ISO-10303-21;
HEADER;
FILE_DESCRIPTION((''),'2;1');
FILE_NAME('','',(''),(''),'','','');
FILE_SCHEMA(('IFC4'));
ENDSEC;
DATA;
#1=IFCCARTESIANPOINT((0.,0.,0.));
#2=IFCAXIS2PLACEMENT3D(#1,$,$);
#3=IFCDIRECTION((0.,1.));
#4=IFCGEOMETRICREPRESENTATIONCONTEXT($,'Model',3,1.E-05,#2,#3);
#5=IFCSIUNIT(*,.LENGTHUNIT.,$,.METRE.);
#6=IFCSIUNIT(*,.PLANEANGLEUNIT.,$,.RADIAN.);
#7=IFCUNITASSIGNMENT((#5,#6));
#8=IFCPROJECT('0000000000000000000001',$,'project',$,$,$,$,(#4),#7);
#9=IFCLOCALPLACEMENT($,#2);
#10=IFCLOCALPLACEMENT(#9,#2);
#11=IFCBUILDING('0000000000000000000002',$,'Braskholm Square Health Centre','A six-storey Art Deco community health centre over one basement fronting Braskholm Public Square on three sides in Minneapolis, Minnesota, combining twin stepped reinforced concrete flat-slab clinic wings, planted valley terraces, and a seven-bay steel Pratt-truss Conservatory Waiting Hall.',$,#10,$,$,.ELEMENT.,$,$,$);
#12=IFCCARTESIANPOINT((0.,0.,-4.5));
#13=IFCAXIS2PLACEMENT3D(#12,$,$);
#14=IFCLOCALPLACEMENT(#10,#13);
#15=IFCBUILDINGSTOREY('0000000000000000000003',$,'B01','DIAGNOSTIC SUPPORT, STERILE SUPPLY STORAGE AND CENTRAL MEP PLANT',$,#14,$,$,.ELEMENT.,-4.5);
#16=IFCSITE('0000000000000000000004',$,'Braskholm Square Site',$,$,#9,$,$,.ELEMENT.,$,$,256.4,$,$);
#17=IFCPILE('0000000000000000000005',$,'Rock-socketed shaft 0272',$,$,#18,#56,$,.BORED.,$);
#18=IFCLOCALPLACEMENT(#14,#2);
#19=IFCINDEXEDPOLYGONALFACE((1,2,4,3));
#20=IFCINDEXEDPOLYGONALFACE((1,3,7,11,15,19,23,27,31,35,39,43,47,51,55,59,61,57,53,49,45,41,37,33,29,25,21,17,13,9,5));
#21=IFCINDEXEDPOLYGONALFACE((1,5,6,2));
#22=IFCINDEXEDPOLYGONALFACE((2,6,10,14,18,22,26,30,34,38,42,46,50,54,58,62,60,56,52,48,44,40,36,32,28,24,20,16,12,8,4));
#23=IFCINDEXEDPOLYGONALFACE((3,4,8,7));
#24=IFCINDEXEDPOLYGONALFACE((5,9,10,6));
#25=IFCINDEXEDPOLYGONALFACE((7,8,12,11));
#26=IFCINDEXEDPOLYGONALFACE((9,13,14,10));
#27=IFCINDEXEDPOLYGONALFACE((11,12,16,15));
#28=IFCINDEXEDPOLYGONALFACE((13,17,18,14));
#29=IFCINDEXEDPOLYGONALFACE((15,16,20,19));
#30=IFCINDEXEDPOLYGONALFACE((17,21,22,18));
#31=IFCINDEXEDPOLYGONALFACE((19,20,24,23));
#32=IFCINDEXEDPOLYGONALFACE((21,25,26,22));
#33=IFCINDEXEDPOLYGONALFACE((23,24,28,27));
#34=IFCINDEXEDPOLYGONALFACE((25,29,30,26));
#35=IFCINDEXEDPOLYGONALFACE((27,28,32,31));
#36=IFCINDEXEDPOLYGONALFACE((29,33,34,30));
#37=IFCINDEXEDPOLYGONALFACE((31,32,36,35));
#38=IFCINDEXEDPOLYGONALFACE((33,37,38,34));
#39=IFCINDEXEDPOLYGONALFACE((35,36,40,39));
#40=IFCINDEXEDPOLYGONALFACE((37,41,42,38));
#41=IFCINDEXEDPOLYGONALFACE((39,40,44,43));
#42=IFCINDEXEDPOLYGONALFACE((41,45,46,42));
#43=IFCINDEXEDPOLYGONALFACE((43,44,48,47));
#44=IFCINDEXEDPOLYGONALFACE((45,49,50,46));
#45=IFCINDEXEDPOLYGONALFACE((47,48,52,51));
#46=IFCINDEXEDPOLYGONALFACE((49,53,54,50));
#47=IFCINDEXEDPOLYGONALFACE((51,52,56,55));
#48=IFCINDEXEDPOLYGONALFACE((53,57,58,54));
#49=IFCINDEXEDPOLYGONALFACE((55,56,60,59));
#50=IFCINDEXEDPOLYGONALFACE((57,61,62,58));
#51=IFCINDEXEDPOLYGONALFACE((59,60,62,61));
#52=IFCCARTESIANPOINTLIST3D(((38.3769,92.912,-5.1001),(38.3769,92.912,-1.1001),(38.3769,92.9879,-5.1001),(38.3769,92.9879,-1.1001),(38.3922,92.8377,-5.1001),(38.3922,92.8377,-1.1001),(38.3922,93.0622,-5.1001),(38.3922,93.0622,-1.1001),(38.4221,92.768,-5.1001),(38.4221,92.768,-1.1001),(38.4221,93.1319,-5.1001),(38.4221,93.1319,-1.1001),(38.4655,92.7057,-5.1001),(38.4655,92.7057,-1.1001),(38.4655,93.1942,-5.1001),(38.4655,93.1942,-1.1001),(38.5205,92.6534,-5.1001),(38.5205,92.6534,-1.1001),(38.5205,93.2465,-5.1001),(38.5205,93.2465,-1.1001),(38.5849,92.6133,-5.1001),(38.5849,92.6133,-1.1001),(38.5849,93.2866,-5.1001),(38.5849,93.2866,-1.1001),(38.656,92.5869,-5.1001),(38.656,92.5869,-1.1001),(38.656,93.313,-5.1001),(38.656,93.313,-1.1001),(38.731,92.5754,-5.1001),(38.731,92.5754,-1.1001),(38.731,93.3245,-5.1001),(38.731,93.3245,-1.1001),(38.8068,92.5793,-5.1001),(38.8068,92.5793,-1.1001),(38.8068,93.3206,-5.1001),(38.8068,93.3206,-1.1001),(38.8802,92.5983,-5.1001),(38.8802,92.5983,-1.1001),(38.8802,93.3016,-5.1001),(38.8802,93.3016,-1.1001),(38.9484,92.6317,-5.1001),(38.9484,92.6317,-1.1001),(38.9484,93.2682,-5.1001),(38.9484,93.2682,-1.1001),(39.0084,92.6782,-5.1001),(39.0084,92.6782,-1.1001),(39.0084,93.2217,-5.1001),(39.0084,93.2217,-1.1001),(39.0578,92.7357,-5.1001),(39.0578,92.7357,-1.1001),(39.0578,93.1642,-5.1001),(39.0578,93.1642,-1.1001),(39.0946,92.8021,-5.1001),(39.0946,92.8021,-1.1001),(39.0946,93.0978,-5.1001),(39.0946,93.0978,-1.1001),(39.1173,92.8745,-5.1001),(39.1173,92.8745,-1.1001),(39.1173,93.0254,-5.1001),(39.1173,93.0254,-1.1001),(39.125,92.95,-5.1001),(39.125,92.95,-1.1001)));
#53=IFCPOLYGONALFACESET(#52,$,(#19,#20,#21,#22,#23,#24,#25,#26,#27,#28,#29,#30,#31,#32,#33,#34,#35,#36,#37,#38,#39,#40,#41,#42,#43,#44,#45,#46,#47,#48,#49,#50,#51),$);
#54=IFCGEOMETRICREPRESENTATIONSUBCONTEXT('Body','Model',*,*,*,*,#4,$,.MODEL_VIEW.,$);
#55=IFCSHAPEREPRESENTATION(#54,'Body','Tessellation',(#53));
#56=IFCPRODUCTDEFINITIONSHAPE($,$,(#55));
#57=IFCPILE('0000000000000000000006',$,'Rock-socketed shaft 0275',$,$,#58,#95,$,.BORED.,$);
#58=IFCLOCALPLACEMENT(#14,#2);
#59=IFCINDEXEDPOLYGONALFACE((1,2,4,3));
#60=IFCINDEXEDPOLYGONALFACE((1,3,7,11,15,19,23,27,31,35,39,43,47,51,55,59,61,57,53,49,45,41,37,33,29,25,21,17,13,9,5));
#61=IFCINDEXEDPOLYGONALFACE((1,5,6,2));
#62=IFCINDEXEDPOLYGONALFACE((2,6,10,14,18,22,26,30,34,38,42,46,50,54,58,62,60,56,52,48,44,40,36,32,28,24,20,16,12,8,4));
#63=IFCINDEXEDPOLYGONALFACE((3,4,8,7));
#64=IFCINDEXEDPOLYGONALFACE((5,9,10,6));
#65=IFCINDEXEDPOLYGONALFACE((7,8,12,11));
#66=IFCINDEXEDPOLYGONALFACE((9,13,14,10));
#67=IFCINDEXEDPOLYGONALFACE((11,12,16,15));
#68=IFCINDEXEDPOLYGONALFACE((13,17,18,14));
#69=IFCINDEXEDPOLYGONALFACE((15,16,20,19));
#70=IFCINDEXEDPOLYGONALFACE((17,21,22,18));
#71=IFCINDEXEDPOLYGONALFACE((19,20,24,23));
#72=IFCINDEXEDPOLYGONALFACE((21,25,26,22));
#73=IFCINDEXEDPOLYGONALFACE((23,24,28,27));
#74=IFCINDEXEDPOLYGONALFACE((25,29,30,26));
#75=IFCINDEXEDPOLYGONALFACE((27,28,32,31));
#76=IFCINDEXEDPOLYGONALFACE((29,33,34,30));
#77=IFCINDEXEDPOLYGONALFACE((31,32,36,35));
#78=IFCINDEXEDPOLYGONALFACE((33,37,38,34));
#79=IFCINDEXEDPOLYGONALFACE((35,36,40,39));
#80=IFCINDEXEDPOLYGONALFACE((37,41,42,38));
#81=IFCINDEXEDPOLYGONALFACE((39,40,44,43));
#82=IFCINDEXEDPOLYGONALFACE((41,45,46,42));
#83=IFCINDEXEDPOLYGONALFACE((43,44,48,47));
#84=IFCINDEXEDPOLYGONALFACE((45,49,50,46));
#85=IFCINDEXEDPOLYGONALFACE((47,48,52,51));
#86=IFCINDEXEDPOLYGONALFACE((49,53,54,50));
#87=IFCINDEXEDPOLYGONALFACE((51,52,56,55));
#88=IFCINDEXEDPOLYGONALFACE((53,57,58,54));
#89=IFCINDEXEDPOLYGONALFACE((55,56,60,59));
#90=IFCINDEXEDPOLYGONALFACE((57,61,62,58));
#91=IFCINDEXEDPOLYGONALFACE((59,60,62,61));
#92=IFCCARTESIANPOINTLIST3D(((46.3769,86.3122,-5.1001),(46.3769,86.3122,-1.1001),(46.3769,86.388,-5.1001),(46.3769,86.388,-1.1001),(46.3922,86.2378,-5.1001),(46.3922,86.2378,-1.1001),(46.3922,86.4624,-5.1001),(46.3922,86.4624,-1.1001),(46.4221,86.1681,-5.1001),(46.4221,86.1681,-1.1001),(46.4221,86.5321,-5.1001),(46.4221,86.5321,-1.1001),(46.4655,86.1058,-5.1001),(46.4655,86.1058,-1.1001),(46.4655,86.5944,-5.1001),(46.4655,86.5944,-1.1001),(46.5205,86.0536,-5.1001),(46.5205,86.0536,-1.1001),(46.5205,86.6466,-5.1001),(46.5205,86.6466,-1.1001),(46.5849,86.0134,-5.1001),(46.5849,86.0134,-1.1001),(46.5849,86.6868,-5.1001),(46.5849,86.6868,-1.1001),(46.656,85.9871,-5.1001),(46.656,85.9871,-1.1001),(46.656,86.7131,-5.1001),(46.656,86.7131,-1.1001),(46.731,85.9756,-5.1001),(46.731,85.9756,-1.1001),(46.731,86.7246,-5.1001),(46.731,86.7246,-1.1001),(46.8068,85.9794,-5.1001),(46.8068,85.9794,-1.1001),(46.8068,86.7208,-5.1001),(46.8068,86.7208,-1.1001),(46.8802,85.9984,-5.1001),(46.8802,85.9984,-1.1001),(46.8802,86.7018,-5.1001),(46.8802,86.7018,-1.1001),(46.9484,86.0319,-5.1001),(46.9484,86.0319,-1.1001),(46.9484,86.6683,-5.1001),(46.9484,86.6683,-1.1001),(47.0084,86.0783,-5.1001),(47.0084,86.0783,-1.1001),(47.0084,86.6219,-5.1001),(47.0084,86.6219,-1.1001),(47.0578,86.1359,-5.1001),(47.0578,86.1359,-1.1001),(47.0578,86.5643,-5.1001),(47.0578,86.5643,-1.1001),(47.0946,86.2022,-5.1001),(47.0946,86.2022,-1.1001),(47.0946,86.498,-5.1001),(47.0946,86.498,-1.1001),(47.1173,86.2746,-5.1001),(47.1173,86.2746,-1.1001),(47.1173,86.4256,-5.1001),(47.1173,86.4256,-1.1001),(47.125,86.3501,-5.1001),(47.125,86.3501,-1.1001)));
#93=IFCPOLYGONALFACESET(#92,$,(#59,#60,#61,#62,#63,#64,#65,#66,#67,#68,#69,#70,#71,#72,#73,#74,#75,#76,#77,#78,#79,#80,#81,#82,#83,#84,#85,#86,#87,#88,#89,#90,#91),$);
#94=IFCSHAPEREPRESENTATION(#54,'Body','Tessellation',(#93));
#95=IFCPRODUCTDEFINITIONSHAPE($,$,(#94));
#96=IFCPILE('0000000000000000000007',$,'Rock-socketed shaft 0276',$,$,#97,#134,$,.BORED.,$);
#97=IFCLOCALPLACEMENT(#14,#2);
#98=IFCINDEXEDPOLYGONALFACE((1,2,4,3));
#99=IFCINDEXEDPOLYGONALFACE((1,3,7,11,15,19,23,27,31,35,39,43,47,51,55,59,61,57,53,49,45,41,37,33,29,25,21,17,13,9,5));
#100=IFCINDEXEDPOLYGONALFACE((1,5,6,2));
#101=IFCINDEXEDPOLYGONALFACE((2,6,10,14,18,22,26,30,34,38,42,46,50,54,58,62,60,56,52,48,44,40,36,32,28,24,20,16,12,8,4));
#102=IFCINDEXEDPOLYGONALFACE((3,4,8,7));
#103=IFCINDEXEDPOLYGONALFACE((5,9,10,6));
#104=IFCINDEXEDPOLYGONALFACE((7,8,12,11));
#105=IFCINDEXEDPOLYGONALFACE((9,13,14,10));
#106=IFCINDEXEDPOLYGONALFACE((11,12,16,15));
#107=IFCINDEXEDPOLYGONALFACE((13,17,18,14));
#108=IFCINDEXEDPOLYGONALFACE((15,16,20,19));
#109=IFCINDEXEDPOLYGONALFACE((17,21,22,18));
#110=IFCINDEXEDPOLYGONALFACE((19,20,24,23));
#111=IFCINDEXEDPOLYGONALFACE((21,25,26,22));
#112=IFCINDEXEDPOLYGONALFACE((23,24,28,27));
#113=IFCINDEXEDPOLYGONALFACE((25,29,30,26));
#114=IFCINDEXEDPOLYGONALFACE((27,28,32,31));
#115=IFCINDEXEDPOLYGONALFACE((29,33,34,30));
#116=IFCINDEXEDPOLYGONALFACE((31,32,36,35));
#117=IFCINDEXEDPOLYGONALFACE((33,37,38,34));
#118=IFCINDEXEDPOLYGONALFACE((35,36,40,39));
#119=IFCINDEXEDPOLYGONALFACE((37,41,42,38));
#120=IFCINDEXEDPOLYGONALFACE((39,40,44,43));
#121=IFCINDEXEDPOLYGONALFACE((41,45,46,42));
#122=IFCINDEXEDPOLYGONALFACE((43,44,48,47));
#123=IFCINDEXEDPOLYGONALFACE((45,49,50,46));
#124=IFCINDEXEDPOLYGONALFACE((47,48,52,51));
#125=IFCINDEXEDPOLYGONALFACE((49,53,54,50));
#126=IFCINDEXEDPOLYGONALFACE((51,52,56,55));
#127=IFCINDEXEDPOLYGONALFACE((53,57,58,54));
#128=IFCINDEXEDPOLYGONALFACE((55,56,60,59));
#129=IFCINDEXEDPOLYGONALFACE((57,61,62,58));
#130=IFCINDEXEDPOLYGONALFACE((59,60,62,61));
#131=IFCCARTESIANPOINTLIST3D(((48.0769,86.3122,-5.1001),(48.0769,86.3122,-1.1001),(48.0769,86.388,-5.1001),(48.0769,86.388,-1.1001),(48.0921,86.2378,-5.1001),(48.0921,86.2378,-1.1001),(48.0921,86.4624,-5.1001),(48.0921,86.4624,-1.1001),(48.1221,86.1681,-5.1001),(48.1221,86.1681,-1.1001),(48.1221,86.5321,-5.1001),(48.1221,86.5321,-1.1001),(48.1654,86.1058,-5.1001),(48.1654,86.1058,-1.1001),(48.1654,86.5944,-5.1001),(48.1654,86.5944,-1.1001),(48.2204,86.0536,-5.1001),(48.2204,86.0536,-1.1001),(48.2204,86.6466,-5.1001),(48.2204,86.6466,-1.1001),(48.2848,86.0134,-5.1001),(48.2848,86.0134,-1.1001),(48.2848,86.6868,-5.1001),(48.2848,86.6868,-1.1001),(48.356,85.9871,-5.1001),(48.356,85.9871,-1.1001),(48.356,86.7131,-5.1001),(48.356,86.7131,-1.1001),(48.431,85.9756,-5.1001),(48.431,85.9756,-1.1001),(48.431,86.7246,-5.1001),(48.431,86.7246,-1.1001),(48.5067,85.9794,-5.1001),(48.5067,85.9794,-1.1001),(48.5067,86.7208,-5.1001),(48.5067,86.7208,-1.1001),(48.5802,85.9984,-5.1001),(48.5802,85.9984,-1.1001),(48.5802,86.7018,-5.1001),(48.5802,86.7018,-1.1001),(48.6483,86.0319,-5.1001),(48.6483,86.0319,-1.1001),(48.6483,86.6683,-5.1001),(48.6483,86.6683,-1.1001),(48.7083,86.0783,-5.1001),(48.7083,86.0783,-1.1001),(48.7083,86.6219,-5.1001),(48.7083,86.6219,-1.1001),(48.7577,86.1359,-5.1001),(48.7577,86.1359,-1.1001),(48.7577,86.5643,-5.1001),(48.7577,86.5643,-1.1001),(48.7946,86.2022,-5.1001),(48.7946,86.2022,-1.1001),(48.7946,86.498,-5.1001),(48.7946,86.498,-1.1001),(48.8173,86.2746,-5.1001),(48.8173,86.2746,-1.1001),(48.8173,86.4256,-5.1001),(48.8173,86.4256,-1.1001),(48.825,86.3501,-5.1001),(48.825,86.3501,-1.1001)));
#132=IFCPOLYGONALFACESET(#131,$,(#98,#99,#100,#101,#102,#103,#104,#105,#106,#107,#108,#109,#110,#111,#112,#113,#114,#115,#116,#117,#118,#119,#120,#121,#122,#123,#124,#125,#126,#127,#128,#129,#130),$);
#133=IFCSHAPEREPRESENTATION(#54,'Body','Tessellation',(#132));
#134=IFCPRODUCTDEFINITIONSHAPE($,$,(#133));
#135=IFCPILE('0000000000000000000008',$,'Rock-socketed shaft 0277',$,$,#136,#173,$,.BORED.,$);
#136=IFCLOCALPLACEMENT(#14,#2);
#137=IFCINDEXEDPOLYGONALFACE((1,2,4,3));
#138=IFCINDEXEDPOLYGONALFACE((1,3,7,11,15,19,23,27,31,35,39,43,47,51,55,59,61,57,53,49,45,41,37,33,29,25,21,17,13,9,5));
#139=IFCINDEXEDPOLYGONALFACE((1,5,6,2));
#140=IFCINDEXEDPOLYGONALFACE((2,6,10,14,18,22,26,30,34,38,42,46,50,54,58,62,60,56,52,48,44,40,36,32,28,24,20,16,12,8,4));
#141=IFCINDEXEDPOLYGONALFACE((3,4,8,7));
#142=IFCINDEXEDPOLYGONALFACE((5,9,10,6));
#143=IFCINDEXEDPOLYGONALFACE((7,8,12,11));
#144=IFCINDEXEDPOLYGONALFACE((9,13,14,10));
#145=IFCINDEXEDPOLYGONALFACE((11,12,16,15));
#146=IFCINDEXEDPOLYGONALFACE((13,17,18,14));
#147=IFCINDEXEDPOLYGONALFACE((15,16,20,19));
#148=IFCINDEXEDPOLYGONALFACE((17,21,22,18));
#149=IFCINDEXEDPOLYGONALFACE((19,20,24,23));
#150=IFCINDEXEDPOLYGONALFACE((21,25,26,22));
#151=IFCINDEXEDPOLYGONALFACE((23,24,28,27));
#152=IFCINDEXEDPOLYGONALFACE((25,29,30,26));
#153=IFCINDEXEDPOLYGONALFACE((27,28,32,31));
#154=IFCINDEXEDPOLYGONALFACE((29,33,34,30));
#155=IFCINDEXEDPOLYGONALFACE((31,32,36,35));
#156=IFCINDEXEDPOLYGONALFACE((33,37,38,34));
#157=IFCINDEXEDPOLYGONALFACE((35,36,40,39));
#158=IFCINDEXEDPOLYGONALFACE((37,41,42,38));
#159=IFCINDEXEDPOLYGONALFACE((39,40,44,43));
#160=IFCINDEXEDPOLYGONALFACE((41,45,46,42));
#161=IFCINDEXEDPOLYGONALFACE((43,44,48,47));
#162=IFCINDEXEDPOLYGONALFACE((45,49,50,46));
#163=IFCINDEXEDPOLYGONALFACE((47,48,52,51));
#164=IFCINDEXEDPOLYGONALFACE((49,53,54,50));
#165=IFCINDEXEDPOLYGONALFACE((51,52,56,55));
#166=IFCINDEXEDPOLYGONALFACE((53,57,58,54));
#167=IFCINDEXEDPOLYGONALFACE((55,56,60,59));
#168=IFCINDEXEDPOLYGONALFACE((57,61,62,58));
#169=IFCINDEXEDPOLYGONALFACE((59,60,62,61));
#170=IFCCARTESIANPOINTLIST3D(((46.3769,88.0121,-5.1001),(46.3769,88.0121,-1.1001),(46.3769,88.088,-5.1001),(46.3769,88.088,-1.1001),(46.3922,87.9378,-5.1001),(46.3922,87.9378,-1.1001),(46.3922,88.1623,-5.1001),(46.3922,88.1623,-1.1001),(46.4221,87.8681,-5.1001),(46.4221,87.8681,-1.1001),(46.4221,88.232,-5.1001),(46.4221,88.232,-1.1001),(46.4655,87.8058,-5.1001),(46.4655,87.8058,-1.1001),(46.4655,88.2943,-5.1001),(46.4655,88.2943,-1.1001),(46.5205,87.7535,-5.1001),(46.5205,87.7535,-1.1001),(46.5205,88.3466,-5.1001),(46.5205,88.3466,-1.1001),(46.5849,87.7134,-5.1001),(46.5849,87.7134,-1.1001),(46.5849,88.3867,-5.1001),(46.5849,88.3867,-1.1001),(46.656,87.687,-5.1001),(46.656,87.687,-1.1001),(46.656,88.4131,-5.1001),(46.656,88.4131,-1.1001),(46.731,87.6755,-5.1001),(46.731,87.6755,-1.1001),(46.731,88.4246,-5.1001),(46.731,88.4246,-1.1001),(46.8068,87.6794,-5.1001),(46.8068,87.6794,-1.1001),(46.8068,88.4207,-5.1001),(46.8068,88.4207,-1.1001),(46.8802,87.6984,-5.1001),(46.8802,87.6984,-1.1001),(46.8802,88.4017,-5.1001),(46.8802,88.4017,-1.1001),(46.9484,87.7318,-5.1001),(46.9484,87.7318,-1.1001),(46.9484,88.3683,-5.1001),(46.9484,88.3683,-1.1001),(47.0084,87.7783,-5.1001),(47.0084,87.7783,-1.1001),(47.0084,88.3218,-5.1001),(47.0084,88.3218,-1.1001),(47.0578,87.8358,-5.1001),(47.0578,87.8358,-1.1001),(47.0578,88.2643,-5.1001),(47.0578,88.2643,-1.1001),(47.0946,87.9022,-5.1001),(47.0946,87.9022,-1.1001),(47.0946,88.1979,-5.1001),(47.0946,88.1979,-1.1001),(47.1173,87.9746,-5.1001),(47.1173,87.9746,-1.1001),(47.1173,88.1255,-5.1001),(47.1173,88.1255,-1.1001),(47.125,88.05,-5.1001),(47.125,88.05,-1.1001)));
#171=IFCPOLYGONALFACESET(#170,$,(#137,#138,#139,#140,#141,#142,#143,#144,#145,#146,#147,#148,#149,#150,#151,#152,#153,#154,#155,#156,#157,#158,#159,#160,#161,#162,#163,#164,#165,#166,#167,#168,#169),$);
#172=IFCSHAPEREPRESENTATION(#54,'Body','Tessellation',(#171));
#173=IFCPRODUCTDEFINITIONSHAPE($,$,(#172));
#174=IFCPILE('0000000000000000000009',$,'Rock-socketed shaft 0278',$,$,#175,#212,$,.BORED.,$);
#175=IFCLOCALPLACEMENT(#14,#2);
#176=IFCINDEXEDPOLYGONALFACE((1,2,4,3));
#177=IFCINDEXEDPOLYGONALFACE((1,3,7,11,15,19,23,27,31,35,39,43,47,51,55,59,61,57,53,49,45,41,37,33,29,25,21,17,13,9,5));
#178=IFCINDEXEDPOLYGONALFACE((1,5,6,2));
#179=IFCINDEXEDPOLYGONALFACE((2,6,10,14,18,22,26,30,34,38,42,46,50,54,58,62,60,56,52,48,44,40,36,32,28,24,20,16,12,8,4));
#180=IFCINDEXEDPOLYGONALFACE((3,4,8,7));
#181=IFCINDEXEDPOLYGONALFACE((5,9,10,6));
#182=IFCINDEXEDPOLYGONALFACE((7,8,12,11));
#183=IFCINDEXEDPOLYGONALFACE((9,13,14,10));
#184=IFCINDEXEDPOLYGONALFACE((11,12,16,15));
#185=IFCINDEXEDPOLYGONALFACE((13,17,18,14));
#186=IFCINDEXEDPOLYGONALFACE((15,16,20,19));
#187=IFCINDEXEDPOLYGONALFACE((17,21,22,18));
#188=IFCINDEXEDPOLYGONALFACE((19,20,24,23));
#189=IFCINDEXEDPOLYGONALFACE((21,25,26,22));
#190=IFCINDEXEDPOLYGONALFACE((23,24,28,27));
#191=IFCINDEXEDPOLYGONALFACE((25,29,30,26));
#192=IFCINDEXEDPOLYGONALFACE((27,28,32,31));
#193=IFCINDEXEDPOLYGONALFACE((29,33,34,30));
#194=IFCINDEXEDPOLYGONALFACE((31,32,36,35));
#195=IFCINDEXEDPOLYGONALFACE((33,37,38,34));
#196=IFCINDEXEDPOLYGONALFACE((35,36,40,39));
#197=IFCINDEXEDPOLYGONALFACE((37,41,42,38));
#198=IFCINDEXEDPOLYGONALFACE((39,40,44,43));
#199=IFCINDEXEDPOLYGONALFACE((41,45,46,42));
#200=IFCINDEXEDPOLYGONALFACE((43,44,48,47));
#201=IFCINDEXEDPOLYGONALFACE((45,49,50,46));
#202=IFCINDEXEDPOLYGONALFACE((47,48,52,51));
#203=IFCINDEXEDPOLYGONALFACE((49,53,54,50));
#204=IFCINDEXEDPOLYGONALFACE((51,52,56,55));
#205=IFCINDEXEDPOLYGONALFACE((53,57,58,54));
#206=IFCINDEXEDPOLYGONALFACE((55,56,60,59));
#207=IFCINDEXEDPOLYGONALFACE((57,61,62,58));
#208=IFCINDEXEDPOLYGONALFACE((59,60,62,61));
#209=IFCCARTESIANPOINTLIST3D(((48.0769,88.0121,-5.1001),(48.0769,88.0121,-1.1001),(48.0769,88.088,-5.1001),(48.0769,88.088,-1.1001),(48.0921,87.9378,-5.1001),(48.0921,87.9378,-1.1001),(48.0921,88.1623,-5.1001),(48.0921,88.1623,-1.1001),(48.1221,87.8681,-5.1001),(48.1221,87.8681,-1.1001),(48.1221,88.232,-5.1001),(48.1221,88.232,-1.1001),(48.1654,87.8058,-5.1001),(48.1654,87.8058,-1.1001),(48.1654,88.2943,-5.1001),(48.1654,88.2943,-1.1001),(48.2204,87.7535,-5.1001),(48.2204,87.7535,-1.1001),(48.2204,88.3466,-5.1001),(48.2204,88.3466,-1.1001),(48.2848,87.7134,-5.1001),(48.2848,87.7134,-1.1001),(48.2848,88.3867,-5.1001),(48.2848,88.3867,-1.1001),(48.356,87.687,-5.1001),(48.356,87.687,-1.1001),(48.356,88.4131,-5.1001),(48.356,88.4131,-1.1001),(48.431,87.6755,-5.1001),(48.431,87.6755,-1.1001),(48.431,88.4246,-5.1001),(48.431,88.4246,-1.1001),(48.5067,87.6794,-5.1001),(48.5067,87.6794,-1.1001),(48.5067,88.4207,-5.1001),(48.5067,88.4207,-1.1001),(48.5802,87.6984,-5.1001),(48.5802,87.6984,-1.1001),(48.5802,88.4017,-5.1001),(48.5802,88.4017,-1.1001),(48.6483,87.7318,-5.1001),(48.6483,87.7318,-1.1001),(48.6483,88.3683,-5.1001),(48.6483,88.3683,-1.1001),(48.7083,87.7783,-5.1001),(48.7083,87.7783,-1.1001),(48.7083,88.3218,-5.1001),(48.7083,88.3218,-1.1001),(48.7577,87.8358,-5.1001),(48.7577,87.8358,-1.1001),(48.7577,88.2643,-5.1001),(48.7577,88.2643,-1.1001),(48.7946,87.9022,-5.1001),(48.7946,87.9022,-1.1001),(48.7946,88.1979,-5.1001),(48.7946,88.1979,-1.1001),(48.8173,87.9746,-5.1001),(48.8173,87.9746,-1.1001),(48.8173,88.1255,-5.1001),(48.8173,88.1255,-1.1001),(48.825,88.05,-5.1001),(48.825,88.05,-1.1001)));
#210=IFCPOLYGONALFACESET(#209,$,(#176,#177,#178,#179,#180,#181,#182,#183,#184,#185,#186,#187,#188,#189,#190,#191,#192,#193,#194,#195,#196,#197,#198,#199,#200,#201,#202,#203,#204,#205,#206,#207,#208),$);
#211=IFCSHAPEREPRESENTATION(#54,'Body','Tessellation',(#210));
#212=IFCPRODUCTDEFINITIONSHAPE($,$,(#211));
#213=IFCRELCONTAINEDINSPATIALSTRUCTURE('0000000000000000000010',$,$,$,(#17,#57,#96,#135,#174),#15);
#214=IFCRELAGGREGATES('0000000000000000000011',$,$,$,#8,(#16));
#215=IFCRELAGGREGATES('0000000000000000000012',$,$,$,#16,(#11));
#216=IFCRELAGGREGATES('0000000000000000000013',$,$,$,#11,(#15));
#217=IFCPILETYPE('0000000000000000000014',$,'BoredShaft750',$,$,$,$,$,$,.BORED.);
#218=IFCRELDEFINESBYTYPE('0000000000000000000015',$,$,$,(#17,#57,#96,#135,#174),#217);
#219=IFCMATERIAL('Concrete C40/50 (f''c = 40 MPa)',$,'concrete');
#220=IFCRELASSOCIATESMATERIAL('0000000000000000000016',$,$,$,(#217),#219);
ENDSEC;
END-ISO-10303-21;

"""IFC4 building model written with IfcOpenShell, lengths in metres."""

from ifc_helpers import new_model, si_unit, direction, frame, origin, origin_2d, place, context, subcontext, project, spatial, circle, extrude, material, material_profile, profile_set, type_object, element, save


model = new_model("IFC4")

# Units and contexts
model_context = context("Model", 3, precision=1e-05, world=origin(), true_north=direction((0.0, 1.0)))
body_context = subcontext(model_context, "Body", "Model", "MODEL_VIEW")
ifc_project = project(units=[si_unit("LENGTHUNIT", "METRE"), si_unit("PLANEANGLEUNIT", "RADIAN")], contexts=[model_context])

# Site, building, storey
site_placement = place(None, origin())
site = spatial("IfcSite", under=ifc_project, at=site_placement, Name="Braskholm Square Site", CompositionType="ELEMENT", RefElevation=256.4)
building_placement = place(site_placement, origin())
building = spatial("IfcBuilding", under=site, at=building_placement, Name="Braskholm Square Health Centre", Description="A six-storey Art Deco community health centre over one basement fronting Braskholm Public Square on three sides in Minneapolis, Minnesota, combining twin stepped reinforced concrete flat-slab clinic wings, planted valley terraces, and a seven-bay steel Pratt-truss Conservatory Waiting Hall.", CompositionType="ELEMENT")
storey_placement = place(building_placement, frame((0.0, 0.0, -4.5)))
storey = spatial("IfcBuildingStorey", under=building, at=storey_placement, Name="B01", Description="DIAGNOSTIC SUPPORT, STERILE SUPPLY STORAGE AND CENTRAL MEP PLANT", CompositionType="ELEMENT", Elevation=-4.5)

# Piles
ifc_material_1 = material(Name="Concrete C40/50 (f'c = 40 MPa)", Category="concrete")
ifc_material_profile_1 = material_profile(ifc_material_1, circle(Radius=0.375, at=origin_2d()), Name="BORED-PILE-750")
ifc_profile_set_1 = profile_set([ifc_material_profile_1], Name="Concrete C40/50 (f'c = 40 MPa)")
pile_type_1 = type_object("IfcPileType", Name="BoredShaft750", PredefinedType="BORED", material=ifc_profile_set_1)
for number, where, z_axis, x_axis, name in (
    (1, (38.75, 92.95, -1.1001), (0.0, 0.0, -1.0), (1.0, 0.0, 0.0), "Rock-socketed shaft 0272"),
    (2, (46.75, 86.3501, -1.1001), (0.0, 0.0, -1.0), (1.0, 0.0, 0.0), "Rock-socketed shaft 0275"),
    (3, (48.45, 86.3501, -1.1001), (0.0, 0.0, -1.0), (1.0, 0.0, 0.0), "Rock-socketed shaft 0276"),
    (4, (46.75, 88.05, -1.1001), (0.0, 0.0, -1.0), (1.0, 0.0, 0.0), "Rock-socketed shaft 0277"),
    (5, (48.45, 88.05, -1.1001), (0.0, 0.0, -1.0), (1.0, 0.0, 0.0), "Rock-socketed shaft 0278"),
):
    element("IfcPile", number, at=place(storey_placement, frame(where, z_axis=z_axis, x_axis=x_axis)), inside=storey, type_object=pile_type_1, Name=name, PredefinedType="BORED", context=body_context, shape_type="SweptSolid", body=[
        extrude(circle(Radius=0.375, at=origin_2d()), origin(), (0.0, 0.0, 1.0), 4.0),
    ])

save(model, "model.ifc")
